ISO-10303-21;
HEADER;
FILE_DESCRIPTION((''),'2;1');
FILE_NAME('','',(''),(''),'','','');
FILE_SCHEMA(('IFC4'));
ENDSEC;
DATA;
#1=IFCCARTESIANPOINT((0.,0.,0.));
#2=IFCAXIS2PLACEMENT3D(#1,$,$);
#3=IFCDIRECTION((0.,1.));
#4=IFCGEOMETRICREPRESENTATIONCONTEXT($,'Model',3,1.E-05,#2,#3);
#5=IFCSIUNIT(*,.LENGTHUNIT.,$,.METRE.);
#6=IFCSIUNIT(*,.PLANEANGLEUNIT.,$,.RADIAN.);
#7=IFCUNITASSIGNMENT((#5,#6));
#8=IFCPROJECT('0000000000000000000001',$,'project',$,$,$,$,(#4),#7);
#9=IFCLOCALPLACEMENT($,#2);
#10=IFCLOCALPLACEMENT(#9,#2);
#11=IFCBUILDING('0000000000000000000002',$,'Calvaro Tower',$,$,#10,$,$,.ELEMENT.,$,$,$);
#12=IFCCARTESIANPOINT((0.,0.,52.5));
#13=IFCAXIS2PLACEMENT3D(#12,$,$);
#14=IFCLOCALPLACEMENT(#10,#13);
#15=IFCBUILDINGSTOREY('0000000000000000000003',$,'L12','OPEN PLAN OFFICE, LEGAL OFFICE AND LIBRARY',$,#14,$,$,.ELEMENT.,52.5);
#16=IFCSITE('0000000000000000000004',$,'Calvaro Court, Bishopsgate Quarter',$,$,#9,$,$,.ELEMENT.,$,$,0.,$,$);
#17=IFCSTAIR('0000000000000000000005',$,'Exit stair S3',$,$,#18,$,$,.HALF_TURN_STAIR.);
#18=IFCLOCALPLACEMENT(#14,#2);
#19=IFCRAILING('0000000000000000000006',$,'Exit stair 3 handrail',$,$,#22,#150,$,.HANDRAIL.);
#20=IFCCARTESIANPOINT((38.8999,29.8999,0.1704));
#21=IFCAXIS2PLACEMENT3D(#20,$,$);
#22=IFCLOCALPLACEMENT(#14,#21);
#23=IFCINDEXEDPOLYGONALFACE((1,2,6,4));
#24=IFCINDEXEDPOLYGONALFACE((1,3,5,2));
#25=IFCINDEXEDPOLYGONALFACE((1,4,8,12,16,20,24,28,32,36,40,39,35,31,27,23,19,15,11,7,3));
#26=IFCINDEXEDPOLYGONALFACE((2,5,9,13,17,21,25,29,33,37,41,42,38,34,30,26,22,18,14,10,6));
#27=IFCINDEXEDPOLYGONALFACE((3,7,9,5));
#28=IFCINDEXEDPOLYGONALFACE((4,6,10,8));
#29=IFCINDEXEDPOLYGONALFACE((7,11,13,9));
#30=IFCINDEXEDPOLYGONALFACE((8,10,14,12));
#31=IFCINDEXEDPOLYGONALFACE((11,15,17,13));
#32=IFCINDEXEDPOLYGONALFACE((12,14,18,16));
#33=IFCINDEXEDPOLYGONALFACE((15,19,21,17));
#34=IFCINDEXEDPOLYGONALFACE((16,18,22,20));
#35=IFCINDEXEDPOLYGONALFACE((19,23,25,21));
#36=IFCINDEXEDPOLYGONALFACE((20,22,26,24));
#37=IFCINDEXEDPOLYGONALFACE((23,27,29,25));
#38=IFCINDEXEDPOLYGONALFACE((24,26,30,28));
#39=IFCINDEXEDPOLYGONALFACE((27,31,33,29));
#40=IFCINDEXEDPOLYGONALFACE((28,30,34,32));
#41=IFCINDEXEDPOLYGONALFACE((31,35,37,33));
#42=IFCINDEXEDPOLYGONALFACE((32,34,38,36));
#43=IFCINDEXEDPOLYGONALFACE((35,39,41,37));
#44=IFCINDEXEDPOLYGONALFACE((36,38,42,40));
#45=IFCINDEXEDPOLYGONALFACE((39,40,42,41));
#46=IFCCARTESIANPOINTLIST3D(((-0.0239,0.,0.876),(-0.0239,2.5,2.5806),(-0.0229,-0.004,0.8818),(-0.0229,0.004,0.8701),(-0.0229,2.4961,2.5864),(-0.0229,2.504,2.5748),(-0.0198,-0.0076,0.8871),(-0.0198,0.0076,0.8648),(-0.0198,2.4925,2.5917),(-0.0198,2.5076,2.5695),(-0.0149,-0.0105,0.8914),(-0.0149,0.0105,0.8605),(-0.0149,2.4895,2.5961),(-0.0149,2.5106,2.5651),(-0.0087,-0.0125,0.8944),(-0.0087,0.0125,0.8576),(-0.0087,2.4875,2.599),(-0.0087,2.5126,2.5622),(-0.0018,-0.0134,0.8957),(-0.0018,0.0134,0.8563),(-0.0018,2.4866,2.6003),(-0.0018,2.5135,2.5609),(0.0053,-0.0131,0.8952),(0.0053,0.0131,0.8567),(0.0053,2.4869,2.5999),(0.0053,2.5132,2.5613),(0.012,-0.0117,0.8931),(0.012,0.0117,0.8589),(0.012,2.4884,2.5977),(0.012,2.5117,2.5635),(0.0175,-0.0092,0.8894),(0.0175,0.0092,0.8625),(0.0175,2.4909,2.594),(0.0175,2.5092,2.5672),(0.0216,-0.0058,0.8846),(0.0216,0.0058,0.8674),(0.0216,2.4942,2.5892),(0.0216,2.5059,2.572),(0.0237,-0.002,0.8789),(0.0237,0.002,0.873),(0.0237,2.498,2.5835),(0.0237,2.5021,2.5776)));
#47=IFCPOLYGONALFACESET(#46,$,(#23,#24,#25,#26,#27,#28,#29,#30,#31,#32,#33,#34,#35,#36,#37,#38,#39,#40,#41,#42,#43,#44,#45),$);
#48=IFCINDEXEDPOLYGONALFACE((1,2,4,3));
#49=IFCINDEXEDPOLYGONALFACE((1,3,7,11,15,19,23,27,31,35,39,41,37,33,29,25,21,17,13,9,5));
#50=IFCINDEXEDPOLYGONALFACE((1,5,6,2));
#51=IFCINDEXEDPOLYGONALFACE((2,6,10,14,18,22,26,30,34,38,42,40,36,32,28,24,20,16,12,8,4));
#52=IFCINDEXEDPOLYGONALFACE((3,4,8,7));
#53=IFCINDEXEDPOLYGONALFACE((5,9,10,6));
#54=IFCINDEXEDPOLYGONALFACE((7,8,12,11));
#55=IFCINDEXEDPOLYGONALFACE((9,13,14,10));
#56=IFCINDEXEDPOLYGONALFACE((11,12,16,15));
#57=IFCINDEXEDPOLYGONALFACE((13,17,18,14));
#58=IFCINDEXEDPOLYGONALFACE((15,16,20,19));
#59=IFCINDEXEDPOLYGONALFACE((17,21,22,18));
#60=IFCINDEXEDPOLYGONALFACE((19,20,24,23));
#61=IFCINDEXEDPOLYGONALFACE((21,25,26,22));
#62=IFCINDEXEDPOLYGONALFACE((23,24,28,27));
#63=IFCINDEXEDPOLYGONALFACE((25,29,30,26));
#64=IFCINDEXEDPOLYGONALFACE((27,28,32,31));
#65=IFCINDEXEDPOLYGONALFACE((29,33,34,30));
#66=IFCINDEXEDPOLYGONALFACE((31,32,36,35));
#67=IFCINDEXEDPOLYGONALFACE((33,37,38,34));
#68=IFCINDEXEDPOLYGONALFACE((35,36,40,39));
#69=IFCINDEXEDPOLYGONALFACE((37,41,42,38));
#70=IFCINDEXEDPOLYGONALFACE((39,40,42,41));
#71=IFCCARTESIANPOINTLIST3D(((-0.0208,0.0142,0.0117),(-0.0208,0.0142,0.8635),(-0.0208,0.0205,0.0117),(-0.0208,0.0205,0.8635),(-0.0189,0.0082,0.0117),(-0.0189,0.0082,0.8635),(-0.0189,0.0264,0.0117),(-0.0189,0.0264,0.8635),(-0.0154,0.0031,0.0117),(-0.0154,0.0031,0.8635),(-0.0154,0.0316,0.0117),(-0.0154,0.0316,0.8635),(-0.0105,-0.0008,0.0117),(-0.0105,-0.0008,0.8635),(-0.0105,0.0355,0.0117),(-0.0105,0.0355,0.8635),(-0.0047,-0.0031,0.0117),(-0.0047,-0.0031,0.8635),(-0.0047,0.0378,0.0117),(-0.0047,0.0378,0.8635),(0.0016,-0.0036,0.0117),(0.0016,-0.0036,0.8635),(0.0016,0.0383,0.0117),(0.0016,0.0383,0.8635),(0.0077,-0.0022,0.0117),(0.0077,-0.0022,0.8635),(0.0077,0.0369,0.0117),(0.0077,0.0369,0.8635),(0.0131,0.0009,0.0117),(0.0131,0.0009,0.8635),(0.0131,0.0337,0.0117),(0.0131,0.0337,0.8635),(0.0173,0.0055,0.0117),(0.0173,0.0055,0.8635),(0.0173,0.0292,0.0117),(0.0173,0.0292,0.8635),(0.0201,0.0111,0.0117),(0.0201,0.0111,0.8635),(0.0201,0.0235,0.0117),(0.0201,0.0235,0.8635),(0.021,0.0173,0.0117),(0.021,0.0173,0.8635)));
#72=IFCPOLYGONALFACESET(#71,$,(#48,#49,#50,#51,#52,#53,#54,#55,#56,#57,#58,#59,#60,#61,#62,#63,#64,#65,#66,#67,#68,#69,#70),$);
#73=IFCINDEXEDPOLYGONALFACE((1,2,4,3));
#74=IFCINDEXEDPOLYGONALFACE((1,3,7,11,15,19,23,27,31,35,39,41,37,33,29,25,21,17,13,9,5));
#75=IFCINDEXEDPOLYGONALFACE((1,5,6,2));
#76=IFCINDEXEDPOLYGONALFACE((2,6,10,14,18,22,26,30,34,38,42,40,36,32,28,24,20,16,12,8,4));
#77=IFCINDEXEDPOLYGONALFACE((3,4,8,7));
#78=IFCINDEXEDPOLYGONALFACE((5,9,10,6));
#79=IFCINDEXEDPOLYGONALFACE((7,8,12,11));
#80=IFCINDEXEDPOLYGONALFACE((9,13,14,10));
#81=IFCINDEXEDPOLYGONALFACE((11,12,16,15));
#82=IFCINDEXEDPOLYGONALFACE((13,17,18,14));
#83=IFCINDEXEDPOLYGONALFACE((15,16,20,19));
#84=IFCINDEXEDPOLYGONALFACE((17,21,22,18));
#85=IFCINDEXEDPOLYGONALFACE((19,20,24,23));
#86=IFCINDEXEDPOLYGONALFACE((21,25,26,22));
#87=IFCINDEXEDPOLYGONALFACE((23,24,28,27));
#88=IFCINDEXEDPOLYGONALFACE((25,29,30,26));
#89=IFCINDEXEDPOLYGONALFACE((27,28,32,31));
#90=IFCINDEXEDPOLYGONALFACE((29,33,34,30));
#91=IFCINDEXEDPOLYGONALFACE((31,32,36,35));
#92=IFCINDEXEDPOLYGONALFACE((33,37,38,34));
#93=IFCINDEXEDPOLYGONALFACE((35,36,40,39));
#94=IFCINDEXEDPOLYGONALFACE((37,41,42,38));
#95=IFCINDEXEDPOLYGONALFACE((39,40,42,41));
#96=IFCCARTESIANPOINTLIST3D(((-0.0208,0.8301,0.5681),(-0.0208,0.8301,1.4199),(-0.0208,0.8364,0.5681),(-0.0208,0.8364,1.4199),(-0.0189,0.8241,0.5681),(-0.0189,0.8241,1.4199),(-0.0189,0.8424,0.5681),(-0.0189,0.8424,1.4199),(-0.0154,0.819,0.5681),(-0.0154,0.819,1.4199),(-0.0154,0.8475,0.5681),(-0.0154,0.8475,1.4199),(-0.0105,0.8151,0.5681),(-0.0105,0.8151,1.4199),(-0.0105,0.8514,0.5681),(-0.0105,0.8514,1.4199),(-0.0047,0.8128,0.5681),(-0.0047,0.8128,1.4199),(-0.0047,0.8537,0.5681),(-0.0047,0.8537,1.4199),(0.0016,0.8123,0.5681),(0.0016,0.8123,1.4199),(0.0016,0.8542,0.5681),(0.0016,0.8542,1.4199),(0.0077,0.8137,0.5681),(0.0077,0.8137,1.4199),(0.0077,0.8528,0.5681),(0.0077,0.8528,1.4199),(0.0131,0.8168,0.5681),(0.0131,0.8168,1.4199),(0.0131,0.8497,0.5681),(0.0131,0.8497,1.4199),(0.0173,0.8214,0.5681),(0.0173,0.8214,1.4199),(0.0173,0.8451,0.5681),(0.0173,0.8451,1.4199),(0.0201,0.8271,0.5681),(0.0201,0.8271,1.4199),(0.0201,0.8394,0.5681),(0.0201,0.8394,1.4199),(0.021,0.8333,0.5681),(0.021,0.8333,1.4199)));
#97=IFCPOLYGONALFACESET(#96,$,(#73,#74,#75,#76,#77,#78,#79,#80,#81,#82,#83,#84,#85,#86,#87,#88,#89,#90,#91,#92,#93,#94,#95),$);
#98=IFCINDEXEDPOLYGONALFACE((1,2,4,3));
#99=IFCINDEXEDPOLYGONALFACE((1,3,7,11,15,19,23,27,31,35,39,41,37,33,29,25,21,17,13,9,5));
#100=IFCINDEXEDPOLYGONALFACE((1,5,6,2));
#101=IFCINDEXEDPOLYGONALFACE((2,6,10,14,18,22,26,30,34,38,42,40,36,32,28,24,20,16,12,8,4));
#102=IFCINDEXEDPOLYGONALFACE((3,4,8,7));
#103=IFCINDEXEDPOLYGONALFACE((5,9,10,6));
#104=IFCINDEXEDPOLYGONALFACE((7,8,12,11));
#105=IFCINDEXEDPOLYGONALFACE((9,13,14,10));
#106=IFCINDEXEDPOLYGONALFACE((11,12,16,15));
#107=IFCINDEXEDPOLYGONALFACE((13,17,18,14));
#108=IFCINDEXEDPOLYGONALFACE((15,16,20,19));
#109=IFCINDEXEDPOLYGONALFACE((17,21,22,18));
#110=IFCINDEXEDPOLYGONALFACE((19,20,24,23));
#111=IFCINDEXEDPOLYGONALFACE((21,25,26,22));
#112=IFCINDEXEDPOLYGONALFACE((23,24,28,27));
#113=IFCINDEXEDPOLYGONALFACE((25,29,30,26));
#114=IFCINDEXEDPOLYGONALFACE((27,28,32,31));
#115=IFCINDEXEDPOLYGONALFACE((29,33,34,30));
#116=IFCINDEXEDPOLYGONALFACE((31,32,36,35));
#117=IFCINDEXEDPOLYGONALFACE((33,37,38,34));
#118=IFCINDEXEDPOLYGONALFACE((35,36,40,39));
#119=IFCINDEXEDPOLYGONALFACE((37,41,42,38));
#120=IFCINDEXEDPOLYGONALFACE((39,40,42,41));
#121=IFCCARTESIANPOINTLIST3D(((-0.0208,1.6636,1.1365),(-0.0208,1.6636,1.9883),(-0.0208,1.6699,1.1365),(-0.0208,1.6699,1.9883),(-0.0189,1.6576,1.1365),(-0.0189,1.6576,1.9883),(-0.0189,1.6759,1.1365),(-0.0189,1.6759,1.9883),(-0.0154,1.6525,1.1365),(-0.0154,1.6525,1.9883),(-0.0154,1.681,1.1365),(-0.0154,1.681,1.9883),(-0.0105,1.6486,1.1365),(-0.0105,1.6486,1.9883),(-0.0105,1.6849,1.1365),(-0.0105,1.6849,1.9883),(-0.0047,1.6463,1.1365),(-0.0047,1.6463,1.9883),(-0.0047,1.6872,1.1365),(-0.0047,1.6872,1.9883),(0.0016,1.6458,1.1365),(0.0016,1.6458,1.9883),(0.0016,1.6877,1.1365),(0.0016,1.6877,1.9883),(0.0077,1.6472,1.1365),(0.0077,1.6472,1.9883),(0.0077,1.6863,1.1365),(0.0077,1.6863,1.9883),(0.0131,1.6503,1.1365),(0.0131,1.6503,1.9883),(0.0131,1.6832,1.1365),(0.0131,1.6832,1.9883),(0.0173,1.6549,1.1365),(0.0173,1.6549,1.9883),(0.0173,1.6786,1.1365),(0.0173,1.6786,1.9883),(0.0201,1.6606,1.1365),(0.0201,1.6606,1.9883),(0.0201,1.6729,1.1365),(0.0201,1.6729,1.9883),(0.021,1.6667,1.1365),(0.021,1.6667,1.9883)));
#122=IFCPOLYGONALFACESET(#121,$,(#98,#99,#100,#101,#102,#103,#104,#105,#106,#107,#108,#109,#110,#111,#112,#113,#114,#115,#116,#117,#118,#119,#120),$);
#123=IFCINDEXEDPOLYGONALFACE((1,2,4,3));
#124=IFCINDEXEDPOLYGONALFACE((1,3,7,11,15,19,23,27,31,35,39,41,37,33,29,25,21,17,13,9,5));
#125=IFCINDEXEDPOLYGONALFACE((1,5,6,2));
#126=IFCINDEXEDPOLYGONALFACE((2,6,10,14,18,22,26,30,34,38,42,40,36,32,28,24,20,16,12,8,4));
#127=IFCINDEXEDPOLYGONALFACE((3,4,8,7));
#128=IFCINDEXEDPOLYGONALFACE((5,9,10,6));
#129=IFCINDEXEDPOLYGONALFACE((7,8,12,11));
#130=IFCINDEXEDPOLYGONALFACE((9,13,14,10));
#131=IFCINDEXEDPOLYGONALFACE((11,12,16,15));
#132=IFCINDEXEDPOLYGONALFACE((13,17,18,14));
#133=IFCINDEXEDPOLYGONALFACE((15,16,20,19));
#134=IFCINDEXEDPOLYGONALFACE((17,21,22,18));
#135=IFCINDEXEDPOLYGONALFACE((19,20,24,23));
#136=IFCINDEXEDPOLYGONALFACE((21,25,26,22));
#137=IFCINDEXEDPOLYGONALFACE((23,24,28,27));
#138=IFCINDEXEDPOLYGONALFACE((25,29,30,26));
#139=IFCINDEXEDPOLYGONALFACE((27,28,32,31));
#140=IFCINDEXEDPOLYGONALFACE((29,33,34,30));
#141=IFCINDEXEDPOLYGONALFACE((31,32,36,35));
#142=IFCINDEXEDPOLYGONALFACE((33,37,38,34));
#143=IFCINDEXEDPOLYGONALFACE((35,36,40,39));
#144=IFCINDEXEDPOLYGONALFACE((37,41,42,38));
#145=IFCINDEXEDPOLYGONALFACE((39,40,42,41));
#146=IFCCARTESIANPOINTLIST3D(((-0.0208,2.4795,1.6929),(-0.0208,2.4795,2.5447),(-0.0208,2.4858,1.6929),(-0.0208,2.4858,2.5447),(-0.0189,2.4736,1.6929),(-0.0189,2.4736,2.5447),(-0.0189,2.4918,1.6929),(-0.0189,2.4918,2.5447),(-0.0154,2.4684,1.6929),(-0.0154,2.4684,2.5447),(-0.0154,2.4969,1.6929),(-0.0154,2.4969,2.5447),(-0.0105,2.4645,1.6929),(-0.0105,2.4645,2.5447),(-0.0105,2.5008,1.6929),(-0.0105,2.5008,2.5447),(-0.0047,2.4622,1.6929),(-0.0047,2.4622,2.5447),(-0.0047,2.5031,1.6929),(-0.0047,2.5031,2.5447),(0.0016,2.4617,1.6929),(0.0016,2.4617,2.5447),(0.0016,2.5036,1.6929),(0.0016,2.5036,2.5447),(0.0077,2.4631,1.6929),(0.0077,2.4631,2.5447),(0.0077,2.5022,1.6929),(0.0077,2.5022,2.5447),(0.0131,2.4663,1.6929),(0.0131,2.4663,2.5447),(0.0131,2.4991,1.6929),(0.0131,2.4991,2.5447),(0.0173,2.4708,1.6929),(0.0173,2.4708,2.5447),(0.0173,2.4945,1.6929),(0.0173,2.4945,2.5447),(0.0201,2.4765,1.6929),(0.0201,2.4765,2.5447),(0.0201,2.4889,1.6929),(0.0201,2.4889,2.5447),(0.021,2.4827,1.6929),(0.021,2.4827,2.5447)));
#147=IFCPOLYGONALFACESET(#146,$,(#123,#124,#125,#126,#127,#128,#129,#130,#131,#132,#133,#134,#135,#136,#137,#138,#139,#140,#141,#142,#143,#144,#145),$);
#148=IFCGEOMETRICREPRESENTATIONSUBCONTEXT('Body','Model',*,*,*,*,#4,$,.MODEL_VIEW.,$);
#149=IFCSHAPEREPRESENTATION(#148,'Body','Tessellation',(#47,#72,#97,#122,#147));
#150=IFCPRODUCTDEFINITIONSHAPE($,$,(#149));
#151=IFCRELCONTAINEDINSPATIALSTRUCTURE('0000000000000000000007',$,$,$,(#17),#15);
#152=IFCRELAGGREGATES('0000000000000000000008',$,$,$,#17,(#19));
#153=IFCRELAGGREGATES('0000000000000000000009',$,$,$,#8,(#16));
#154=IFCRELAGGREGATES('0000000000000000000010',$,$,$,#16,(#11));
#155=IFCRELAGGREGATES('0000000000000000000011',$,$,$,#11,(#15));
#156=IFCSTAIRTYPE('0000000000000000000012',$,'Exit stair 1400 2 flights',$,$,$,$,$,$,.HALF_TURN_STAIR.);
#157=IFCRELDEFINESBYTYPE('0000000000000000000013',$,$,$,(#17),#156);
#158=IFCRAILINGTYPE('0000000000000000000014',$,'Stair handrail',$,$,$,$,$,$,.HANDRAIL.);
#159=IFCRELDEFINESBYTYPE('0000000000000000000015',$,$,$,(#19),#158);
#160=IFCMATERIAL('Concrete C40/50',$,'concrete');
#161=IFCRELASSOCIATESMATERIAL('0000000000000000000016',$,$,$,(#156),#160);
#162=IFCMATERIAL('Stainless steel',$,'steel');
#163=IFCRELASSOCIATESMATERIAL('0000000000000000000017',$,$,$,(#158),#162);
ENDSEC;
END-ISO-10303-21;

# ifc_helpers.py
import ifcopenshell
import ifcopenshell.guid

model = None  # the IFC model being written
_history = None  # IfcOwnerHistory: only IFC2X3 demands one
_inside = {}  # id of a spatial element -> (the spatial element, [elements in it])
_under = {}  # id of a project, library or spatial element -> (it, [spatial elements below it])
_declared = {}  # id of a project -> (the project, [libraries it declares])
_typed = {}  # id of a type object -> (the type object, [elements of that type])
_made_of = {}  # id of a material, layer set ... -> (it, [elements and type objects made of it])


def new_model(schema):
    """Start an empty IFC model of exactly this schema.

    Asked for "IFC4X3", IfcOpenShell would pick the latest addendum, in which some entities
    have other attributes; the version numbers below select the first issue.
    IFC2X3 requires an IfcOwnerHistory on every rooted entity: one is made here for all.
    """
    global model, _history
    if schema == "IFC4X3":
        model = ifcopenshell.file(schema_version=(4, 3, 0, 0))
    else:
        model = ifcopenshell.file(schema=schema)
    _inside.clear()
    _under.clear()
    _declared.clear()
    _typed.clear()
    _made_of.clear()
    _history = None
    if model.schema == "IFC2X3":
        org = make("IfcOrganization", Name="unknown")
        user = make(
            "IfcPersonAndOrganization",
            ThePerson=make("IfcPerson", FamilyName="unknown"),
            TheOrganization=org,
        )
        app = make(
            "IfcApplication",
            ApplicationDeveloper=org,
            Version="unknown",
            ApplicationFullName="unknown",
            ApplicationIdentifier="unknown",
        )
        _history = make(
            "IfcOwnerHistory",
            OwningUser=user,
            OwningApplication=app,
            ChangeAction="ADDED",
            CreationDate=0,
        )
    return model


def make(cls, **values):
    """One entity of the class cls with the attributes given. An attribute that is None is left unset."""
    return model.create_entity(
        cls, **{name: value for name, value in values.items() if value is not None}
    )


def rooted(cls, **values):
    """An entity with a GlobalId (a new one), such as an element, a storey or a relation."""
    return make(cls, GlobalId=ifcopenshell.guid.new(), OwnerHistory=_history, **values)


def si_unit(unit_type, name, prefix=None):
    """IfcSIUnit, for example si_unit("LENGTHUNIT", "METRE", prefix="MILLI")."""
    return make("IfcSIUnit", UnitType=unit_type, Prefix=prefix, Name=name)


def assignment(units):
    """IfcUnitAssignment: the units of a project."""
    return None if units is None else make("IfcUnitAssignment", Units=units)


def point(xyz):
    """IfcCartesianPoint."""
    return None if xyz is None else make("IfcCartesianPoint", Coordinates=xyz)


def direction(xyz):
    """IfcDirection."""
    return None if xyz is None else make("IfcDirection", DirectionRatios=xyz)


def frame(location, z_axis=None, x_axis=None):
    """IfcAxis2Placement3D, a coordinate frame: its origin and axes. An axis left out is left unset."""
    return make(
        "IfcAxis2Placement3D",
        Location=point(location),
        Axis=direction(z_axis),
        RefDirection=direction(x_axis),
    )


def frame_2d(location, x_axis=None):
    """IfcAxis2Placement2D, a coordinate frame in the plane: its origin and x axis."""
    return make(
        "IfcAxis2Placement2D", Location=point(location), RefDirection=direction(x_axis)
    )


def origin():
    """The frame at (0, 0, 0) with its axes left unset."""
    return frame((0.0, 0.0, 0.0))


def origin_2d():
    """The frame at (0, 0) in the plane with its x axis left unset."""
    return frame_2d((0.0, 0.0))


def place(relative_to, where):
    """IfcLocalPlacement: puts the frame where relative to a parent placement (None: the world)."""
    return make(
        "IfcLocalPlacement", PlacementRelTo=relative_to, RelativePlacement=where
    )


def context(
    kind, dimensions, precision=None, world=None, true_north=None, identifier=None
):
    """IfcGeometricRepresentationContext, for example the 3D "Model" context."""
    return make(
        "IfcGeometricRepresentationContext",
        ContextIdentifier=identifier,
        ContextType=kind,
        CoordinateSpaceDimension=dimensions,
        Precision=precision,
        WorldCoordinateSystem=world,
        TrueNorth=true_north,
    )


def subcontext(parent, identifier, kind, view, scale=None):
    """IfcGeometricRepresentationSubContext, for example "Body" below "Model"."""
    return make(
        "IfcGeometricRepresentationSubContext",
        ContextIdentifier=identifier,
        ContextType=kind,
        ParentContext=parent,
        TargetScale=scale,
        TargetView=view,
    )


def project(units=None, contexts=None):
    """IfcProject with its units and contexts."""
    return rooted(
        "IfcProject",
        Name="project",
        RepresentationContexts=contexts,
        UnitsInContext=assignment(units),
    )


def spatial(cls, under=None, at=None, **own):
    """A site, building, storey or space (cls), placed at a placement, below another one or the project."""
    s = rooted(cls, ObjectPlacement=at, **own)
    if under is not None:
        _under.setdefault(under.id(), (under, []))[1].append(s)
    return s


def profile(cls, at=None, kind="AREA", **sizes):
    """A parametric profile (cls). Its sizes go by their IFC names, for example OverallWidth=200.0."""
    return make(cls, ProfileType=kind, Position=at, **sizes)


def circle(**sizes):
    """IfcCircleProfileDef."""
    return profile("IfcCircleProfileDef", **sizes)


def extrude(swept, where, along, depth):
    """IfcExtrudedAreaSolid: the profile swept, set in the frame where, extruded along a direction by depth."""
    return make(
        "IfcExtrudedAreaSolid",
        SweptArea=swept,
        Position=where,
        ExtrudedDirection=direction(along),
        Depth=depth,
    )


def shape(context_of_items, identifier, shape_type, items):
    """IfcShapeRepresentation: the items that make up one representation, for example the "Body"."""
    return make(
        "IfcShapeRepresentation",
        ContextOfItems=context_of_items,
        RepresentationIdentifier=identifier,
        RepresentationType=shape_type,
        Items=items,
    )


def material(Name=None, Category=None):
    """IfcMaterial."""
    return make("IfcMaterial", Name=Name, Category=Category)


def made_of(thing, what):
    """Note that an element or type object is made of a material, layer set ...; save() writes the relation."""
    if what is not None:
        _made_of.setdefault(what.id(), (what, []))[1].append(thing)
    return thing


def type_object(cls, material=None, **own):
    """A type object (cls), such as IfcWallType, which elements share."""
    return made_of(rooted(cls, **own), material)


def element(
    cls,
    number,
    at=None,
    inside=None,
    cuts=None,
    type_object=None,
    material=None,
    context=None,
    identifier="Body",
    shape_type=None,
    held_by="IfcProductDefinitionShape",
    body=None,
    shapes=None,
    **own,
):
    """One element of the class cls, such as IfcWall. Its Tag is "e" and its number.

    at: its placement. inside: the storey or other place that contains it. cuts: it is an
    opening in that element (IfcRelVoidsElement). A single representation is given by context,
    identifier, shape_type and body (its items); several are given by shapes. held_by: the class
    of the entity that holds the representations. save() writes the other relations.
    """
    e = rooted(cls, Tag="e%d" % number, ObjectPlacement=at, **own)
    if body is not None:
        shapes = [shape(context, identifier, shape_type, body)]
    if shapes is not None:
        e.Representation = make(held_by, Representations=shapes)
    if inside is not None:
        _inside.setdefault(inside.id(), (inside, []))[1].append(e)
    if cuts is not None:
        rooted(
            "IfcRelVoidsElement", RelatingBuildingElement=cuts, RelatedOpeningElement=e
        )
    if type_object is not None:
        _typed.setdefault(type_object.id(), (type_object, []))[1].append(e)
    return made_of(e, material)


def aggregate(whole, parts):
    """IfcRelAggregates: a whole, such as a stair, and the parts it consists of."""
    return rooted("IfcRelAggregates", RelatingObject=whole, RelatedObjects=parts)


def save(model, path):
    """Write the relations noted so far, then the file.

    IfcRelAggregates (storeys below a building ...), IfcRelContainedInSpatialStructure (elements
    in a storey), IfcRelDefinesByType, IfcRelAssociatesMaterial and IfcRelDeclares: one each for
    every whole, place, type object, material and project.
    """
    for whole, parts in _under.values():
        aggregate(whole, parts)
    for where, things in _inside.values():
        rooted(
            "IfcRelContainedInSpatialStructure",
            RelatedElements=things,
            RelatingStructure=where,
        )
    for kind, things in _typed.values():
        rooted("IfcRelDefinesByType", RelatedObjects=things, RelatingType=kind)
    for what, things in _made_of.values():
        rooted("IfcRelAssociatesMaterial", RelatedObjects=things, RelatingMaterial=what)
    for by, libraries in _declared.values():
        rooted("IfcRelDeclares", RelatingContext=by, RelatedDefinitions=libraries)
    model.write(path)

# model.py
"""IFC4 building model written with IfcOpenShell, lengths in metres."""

from ifc_helpers import new_model, si_unit, direction, frame, origin, origin_2d, place, context, subcontext, project, spatial, circle, extrude, material, type_object, element, aggregate, save


model = new_model("IFC4")

# Units and contexts
model_context = context("Model", 3, precision=1e-05, world=origin(), true_north=direction((0.0, 1.0)))
body_context = subcontext(model_context, "Body", "Model", "MODEL_VIEW")
ifc_project = project(units=[si_unit("LENGTHUNIT", "METRE"), si_unit("PLANEANGLEUNIT", "RADIAN")], contexts=[model_context])

# Site, building, storey
site_placement = place(None, origin())
site = spatial("IfcSite", under=ifc_project, at=site_placement, Name="Calvaro Court, Bishopsgate Quarter", CompositionType="ELEMENT", RefElevation=0.0)
building_placement = place(site_placement, origin())
building = spatial("IfcBuilding", under=site, at=building_placement, Name="Calvaro Tower", CompositionType="ELEMENT")
storey_placement = place(building_placement, frame((0.0, 0.0, 52.5)))
storey = spatial("IfcBuildingStorey", under=building, at=storey_placement, Name="L12", Description="OPEN PLAN OFFICE, LEGAL OFFICE AND LIBRARY", CompositionType="ELEMENT", Elevation=52.5)

# Stair
ifc_material_1 = material(Name="Concrete C40/50", Category="concrete")
stair_type = type_object("IfcStairType", Name="Exit stair 1400 2 flights", PredefinedType="HALF_TURN_STAIR", material=ifc_material_1)
stair_1_placement = place(storey_placement, origin())
stair_1 = element("IfcStair", 1, at=stair_1_placement, inside=storey, type_object=stair_type, Name="Exit stair S3", PredefinedType="HALF_TURN_STAIR")

# Railing
ifc_material_2 = material(Name="Stainless steel", Category="steel")
railing_type = type_object("IfcRailingType", Name="Stair handrail", PredefinedType="HANDRAIL", material=ifc_material_2)
railing_1_placement = place(storey_placement, frame((38.8999, 29.8999, 0.1704)))
railing_1 = element("IfcRailing", 2, at=railing_1_placement, type_object=railing_type, Name="Exit stair 3 handrail", PredefinedType="HANDRAIL", context=body_context, shape_type="SweptSolid", body=[
    extrude(circle(Radius=0.0239, at=origin_2d()), frame((0.0, 0.0, 0.876), z_axis=(0.0, 0.826221, 0.563347), x_axis=(-1.0, 0.0, 0.0)), (0.0, 0.0, 1.0), 3.0259),
    extrude(circle(Radius=0.021, at=origin_2d()), frame((0.0, 0.0173, 0.0117)), (0.0, 0.0, 1.0), 0.8518),
    extrude(circle(Radius=0.021, at=origin_2d()), frame((0.0, 0.8333, 0.5681)), (0.0, 0.0, 1.0), 0.8518),
    extrude(circle(Radius=0.021, at=origin_2d()), frame((0.0, 1.6667, 1.1365)), (0.0, 0.0, 1.0), 0.8518),
    extrude(circle(Radius=0.021, at=origin_2d()), frame((0.0, 2.4827, 1.6929)), (0.0, 0.0, 1.0), 0.8518),
])
aggregate(stair_1, [railing_1])

save(model, "model.ifc")
